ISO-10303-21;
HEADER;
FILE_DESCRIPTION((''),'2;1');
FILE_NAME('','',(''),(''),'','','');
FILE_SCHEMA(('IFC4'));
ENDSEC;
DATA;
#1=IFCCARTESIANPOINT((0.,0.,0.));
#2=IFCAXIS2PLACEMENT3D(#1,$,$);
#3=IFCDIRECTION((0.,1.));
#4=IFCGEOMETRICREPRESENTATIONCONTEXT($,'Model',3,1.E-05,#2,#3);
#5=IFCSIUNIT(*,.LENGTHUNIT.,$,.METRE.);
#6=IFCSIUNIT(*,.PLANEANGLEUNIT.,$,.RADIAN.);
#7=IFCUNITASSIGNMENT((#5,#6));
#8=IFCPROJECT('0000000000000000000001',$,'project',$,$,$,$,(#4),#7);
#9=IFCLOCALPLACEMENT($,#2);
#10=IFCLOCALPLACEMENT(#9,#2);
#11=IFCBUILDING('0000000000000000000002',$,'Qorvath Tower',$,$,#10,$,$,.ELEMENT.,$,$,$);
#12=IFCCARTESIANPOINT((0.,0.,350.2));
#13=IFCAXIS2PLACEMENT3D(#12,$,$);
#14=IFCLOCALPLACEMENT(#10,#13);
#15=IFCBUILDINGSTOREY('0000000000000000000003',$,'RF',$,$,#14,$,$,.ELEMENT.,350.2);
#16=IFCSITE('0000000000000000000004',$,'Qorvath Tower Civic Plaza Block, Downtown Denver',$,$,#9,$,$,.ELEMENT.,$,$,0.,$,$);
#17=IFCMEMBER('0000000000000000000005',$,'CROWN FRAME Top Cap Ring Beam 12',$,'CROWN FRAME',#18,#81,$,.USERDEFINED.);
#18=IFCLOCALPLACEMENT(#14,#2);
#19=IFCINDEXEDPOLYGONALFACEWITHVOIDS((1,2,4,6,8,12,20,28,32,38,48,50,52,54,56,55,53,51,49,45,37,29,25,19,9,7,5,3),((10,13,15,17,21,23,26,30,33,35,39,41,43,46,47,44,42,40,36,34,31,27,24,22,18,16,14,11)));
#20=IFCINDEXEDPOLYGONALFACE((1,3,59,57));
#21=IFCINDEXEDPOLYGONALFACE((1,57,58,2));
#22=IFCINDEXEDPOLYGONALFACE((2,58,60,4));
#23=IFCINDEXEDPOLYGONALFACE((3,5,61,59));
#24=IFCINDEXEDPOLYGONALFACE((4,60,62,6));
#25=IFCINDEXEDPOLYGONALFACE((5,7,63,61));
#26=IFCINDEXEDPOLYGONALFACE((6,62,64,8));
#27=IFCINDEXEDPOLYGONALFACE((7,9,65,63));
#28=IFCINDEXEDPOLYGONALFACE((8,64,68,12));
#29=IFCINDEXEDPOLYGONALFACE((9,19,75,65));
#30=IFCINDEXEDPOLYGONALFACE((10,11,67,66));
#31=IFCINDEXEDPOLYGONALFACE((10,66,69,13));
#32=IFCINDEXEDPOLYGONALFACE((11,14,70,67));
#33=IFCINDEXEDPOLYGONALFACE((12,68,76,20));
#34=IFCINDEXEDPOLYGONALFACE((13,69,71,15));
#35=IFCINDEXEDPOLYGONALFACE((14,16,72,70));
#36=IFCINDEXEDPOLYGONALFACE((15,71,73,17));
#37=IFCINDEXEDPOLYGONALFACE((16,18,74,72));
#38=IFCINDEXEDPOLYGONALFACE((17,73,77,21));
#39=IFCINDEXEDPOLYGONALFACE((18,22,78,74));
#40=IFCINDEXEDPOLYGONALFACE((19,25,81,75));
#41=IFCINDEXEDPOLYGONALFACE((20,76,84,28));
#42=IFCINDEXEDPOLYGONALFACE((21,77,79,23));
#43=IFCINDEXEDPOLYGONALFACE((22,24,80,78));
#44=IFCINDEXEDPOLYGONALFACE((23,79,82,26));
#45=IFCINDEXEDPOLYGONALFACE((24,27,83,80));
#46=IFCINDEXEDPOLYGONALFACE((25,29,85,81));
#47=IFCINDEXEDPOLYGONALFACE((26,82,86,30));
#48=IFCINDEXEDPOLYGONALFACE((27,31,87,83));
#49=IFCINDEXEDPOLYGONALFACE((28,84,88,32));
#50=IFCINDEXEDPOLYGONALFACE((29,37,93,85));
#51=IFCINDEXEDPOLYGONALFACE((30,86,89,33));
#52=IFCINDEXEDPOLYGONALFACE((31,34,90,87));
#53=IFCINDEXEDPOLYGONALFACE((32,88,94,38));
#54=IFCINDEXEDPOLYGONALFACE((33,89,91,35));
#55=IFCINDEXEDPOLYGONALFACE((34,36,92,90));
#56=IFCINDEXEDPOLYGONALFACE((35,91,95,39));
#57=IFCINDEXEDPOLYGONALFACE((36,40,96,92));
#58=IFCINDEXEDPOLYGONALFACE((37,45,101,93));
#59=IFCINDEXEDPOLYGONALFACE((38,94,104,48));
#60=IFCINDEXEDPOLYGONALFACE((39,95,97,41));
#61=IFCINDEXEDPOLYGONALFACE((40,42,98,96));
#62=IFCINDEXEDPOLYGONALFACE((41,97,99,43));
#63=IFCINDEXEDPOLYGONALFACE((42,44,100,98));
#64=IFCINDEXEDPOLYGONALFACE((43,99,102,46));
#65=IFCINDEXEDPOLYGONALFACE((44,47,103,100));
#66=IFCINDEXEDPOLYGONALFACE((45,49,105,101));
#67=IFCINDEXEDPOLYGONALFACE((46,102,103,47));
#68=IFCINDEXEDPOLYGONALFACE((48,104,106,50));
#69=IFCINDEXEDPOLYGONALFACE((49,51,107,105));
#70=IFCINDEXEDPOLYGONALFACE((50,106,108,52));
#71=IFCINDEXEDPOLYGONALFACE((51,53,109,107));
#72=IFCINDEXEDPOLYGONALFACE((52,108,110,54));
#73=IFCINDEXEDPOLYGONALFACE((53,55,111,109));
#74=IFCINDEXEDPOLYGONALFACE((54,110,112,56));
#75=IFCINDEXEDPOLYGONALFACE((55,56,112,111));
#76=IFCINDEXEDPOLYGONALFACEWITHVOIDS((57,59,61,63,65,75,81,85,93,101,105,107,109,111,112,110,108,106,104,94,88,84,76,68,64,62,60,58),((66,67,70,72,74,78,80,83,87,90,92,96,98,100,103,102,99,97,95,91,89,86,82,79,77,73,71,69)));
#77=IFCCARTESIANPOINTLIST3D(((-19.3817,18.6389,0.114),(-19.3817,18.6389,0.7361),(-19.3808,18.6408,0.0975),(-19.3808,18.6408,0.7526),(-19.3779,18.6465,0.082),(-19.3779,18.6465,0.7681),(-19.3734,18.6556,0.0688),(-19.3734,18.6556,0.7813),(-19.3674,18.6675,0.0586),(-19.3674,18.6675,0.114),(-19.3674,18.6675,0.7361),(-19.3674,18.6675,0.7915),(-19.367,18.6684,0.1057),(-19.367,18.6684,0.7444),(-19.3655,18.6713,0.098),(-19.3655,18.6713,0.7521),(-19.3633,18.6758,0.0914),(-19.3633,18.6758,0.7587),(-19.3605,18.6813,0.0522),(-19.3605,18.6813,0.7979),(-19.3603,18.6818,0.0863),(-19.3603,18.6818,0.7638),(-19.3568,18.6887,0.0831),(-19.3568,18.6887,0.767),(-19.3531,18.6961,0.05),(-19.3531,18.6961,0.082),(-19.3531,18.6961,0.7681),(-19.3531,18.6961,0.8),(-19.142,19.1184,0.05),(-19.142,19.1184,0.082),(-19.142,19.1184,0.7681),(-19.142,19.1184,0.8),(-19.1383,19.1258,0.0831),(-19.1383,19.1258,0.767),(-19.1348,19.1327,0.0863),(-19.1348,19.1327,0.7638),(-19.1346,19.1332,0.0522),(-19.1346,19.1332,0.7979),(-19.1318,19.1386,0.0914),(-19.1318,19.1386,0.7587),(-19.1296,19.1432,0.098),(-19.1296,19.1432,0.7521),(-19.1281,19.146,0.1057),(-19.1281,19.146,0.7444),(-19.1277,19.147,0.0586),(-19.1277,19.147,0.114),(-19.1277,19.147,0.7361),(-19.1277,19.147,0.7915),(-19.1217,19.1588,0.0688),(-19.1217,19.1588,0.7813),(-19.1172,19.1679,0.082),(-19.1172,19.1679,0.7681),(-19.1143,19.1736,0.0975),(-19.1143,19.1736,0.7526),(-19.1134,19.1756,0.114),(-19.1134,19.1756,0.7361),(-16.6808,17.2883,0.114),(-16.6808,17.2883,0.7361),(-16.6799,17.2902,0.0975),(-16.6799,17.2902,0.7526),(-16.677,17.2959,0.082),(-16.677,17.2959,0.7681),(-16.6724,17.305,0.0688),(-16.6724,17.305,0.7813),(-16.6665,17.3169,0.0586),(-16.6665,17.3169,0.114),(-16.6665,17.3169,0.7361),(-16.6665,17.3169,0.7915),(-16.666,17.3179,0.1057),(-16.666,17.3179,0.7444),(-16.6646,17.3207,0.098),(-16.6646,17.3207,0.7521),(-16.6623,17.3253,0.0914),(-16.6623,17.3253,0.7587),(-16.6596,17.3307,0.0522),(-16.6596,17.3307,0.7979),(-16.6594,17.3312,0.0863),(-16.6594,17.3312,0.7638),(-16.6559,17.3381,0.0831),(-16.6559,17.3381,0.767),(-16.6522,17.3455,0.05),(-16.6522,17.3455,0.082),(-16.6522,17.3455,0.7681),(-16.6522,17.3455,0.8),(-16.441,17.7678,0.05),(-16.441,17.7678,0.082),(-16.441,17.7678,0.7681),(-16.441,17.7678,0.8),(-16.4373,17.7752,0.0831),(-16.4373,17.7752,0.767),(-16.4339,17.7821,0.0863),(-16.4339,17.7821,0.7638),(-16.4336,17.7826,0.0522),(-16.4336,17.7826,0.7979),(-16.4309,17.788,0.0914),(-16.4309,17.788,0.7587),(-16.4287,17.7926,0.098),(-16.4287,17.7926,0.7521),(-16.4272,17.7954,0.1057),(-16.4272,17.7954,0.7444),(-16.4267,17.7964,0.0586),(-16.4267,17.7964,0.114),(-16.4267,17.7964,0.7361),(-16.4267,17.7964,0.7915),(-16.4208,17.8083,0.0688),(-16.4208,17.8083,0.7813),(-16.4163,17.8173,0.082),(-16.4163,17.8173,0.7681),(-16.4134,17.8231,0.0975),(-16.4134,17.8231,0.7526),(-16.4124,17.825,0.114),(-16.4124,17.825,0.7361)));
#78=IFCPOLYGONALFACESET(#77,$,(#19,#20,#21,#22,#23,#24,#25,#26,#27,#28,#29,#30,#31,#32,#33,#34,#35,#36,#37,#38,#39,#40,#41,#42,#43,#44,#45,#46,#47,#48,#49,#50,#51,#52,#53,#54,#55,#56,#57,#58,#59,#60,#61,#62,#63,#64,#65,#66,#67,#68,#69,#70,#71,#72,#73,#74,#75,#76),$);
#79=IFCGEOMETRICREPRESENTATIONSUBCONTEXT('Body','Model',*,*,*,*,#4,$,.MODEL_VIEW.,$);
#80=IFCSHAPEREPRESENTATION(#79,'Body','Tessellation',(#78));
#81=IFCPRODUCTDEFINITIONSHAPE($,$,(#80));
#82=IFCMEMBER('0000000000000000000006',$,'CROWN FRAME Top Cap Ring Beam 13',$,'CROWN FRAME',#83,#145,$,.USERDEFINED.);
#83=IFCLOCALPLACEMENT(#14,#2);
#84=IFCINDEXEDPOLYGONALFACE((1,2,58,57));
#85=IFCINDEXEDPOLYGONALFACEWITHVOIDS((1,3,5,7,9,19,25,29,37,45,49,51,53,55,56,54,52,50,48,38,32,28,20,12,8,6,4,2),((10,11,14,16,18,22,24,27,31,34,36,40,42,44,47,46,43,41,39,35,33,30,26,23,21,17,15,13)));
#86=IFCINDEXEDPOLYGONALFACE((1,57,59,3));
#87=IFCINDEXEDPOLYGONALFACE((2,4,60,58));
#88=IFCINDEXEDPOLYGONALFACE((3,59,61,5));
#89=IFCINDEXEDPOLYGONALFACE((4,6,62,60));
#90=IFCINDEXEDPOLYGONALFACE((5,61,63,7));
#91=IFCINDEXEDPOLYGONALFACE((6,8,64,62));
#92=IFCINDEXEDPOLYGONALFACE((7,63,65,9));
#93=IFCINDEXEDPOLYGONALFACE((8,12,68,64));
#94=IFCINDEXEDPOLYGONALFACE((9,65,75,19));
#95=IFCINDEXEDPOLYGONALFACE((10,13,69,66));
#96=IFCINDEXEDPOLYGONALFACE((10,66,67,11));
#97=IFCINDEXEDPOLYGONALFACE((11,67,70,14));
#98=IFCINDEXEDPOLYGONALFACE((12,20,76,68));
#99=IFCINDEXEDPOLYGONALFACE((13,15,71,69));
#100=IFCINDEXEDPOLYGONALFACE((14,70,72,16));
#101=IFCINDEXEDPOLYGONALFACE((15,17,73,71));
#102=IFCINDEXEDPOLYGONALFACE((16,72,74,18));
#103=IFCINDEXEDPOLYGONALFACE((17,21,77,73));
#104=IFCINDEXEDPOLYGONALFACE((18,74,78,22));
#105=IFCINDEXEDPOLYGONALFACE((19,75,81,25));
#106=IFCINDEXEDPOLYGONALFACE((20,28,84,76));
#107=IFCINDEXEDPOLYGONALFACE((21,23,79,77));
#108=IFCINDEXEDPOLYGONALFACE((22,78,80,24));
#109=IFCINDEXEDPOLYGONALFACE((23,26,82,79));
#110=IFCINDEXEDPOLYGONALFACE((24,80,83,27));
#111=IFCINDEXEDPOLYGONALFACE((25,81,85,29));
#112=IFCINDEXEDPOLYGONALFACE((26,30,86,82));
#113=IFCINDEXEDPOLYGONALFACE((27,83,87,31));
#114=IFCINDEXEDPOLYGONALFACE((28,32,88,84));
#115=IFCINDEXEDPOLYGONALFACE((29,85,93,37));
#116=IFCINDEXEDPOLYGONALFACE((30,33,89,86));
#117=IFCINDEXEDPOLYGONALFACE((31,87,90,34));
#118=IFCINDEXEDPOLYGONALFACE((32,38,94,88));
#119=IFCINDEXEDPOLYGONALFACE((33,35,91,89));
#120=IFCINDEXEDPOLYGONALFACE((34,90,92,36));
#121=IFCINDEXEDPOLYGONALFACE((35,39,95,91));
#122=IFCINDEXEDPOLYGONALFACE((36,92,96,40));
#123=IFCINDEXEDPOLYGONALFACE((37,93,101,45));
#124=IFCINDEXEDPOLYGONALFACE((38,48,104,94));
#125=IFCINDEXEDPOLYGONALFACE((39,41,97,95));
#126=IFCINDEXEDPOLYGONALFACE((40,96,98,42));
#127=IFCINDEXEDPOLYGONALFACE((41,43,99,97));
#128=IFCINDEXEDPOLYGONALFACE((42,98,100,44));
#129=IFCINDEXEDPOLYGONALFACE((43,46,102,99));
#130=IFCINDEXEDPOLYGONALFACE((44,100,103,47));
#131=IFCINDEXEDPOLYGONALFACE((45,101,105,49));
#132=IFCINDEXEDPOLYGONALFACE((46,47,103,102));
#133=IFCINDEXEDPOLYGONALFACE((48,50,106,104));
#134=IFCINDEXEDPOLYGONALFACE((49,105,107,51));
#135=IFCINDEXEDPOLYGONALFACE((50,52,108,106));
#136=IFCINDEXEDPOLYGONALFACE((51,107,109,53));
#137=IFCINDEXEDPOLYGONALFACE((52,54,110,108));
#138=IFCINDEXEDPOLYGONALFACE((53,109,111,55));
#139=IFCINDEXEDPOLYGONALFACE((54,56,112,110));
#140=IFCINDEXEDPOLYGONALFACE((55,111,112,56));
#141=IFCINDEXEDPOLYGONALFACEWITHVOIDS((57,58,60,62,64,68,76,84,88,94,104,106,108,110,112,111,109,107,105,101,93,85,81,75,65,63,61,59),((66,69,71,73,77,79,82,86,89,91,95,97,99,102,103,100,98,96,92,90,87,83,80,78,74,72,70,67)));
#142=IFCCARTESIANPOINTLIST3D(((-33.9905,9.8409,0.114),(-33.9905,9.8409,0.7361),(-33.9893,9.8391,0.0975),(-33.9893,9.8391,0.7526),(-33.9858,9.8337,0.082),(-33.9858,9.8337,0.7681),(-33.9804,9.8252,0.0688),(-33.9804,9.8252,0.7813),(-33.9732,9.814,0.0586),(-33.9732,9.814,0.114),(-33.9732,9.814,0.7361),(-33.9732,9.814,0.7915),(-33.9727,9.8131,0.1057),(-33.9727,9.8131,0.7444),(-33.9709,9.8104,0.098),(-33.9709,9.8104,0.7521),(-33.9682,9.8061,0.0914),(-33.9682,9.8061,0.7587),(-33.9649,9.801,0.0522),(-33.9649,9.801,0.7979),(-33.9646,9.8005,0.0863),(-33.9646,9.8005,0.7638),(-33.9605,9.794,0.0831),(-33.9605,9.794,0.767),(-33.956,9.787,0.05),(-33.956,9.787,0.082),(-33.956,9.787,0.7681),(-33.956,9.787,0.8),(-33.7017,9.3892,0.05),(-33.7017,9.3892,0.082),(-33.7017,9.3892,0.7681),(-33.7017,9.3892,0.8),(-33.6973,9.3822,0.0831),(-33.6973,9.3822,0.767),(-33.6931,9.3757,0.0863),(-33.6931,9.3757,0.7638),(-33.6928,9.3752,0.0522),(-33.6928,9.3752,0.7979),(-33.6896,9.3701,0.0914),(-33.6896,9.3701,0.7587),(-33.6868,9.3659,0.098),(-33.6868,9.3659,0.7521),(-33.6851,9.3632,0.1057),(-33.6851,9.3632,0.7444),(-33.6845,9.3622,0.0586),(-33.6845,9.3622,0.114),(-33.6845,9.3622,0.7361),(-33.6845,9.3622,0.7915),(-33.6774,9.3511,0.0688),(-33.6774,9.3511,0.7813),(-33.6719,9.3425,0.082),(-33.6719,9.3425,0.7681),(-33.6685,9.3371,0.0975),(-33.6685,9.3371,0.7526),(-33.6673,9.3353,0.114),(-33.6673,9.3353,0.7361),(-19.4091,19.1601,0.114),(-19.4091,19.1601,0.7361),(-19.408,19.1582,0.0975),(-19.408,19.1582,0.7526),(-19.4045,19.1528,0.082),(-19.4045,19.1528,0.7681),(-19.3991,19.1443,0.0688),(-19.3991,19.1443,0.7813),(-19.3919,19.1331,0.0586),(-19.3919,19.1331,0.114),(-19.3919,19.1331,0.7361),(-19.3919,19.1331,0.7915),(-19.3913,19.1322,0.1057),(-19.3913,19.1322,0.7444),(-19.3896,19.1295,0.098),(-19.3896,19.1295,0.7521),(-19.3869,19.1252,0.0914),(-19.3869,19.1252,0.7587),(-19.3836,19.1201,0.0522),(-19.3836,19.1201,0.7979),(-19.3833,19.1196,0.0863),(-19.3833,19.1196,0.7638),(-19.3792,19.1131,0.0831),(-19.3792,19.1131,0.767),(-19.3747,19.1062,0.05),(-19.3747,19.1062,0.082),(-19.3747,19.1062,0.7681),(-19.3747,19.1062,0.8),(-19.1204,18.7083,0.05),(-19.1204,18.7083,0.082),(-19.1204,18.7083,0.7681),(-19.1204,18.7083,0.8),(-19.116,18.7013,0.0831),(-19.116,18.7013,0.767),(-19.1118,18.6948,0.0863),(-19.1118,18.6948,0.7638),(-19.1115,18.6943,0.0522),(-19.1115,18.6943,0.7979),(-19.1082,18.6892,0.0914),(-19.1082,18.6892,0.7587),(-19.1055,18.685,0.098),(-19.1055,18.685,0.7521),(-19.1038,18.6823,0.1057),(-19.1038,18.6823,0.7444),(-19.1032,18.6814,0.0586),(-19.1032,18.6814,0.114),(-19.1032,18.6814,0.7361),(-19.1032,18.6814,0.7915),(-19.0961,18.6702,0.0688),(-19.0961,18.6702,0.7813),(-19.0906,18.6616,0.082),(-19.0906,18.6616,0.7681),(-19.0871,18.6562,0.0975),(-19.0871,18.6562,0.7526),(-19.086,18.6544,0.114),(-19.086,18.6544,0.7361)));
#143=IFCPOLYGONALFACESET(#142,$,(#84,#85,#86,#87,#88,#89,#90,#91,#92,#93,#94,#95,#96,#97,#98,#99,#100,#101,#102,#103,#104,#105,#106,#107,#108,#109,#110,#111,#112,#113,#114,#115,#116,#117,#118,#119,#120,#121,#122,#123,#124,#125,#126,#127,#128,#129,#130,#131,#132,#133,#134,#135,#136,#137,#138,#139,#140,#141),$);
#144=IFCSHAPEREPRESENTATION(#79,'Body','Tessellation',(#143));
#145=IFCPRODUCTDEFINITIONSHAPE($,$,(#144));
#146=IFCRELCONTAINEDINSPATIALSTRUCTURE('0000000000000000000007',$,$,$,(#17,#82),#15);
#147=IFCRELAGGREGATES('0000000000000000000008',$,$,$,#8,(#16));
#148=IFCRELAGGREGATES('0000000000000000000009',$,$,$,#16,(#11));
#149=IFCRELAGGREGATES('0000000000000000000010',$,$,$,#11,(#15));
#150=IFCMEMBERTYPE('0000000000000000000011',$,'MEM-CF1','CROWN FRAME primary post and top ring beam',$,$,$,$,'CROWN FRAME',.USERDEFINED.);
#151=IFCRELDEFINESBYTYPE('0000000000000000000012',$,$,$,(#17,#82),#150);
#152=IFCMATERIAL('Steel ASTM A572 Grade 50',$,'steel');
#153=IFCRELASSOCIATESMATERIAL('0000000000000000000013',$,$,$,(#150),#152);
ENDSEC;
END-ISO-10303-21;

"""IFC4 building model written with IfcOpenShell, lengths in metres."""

from ifc_helpers import new_model, si_unit, direction, frame, origin, origin_2d, place, context, subcontext, project, spatial, hollow_rectangle, extrude, material, material_profile, profile_set, type_object, element, save


model = new_model("IFC4")

# Units and contexts
model_context = context("Model", 3, precision=1e-05, world=origin(), true_north=direction((0.0, 1.0)))
body_context = subcontext(model_context, "Body", "Model", "MODEL_VIEW")
ifc_project = project(units=[si_unit("LENGTHUNIT", "METRE"), si_unit("PLANEANGLEUNIT", "RADIAN")], contexts=[model_context])

# Site, building, storey
site_placement = place(None, origin())
site = spatial("IfcSite", under=ifc_project, at=site_placement, Name="Qorvath Tower Civic Plaza Block, Downtown Denver", CompositionType="ELEMENT", RefElevation=0.0)
building_placement = place(site_placement, origin())
building = spatial("IfcBuilding", under=site, at=building_placement, Name="Qorvath Tower", CompositionType="ELEMENT")
storey_placement = place(building_placement, frame((0.0, 0.0, 350.2)))
storey = spatial("IfcBuildingStorey", under=building, at=storey_placement, Name="RF", CompositionType="ELEMENT", Elevation=350.2)

# Members
ifc_material_1 = material(Name="Steel ASTM A572 Grade 50", Category="steel")
ifc_material_profile_1 = material_profile(ifc_material_1, hollow_rectangle(XDim=0.6001, YDim=0.75, WallThickness=0.032, InnerFilletRadius=0.032, OuterFilletRadius=0.064, at=origin_2d()), Name="CROWN BOX 750x600x32")
ifc_profile_set_1 = profile_set([ifc_material_profile_1], Name="Steel ASTM A572 Grade 50")
member_type_1 = type_object("IfcMemberType", Name="MEM-CF1", Description="CROWN FRAME primary post and top ring beam", ElementType="CROWN FRAME", PredefinedType="USERDEFINED", material=ifc_profile_set_1)
member_1_placement = place(storey_placement, frame((-16.5466, 17.5566, 0.425), z_axis=(-0.894411, 0.447246, 0.0), x_axis=(-0.447246, -0.894411, 0.0)))
element("IfcMember", 1, at=member_1_placement, inside=storey, type_object=member_type_1, Name="CROWN FRAME Top Cap Ring Beam 12", ObjectType="CROWN FRAME", PredefinedType="USERDEFINED", context=body_context, shape_type="SweptSolid", body=[
    extrude(hollow_rectangle(XDim=0.6001, YDim=0.75, WallThickness=0.032, InnerFilletRadius=0.032, OuterFilletRadius=0.064, at=origin_2d()), origin(), (0.0, 0.0, 1.0), 3.0198),
])
member_2_placement = place(storey_placement, frame((-19.2476, 18.9072, 0.425), z_axis=(-0.842611, -0.538523, 0.0), x_axis=(0.538523, -0.842611, 0.0)))
element("IfcMember", 2, at=member_2_placement, inside=storey, type_object=member_type_1, Name="CROWN FRAME Top Cap Ring Beam 13", ObjectType="CROWN FRAME", PredefinedType="USERDEFINED", context=body_context, shape_type="SweptSolid", body=[
    extrude(hollow_rectangle(XDim=0.6001, YDim=0.75, WallThickness=0.032, InnerFilletRadius=0.032, OuterFilletRadius=0.064, at=origin_2d()), origin(), (0.0, 0.0, 1.0), 17.3049),
])

save(model, "model.ifc")
